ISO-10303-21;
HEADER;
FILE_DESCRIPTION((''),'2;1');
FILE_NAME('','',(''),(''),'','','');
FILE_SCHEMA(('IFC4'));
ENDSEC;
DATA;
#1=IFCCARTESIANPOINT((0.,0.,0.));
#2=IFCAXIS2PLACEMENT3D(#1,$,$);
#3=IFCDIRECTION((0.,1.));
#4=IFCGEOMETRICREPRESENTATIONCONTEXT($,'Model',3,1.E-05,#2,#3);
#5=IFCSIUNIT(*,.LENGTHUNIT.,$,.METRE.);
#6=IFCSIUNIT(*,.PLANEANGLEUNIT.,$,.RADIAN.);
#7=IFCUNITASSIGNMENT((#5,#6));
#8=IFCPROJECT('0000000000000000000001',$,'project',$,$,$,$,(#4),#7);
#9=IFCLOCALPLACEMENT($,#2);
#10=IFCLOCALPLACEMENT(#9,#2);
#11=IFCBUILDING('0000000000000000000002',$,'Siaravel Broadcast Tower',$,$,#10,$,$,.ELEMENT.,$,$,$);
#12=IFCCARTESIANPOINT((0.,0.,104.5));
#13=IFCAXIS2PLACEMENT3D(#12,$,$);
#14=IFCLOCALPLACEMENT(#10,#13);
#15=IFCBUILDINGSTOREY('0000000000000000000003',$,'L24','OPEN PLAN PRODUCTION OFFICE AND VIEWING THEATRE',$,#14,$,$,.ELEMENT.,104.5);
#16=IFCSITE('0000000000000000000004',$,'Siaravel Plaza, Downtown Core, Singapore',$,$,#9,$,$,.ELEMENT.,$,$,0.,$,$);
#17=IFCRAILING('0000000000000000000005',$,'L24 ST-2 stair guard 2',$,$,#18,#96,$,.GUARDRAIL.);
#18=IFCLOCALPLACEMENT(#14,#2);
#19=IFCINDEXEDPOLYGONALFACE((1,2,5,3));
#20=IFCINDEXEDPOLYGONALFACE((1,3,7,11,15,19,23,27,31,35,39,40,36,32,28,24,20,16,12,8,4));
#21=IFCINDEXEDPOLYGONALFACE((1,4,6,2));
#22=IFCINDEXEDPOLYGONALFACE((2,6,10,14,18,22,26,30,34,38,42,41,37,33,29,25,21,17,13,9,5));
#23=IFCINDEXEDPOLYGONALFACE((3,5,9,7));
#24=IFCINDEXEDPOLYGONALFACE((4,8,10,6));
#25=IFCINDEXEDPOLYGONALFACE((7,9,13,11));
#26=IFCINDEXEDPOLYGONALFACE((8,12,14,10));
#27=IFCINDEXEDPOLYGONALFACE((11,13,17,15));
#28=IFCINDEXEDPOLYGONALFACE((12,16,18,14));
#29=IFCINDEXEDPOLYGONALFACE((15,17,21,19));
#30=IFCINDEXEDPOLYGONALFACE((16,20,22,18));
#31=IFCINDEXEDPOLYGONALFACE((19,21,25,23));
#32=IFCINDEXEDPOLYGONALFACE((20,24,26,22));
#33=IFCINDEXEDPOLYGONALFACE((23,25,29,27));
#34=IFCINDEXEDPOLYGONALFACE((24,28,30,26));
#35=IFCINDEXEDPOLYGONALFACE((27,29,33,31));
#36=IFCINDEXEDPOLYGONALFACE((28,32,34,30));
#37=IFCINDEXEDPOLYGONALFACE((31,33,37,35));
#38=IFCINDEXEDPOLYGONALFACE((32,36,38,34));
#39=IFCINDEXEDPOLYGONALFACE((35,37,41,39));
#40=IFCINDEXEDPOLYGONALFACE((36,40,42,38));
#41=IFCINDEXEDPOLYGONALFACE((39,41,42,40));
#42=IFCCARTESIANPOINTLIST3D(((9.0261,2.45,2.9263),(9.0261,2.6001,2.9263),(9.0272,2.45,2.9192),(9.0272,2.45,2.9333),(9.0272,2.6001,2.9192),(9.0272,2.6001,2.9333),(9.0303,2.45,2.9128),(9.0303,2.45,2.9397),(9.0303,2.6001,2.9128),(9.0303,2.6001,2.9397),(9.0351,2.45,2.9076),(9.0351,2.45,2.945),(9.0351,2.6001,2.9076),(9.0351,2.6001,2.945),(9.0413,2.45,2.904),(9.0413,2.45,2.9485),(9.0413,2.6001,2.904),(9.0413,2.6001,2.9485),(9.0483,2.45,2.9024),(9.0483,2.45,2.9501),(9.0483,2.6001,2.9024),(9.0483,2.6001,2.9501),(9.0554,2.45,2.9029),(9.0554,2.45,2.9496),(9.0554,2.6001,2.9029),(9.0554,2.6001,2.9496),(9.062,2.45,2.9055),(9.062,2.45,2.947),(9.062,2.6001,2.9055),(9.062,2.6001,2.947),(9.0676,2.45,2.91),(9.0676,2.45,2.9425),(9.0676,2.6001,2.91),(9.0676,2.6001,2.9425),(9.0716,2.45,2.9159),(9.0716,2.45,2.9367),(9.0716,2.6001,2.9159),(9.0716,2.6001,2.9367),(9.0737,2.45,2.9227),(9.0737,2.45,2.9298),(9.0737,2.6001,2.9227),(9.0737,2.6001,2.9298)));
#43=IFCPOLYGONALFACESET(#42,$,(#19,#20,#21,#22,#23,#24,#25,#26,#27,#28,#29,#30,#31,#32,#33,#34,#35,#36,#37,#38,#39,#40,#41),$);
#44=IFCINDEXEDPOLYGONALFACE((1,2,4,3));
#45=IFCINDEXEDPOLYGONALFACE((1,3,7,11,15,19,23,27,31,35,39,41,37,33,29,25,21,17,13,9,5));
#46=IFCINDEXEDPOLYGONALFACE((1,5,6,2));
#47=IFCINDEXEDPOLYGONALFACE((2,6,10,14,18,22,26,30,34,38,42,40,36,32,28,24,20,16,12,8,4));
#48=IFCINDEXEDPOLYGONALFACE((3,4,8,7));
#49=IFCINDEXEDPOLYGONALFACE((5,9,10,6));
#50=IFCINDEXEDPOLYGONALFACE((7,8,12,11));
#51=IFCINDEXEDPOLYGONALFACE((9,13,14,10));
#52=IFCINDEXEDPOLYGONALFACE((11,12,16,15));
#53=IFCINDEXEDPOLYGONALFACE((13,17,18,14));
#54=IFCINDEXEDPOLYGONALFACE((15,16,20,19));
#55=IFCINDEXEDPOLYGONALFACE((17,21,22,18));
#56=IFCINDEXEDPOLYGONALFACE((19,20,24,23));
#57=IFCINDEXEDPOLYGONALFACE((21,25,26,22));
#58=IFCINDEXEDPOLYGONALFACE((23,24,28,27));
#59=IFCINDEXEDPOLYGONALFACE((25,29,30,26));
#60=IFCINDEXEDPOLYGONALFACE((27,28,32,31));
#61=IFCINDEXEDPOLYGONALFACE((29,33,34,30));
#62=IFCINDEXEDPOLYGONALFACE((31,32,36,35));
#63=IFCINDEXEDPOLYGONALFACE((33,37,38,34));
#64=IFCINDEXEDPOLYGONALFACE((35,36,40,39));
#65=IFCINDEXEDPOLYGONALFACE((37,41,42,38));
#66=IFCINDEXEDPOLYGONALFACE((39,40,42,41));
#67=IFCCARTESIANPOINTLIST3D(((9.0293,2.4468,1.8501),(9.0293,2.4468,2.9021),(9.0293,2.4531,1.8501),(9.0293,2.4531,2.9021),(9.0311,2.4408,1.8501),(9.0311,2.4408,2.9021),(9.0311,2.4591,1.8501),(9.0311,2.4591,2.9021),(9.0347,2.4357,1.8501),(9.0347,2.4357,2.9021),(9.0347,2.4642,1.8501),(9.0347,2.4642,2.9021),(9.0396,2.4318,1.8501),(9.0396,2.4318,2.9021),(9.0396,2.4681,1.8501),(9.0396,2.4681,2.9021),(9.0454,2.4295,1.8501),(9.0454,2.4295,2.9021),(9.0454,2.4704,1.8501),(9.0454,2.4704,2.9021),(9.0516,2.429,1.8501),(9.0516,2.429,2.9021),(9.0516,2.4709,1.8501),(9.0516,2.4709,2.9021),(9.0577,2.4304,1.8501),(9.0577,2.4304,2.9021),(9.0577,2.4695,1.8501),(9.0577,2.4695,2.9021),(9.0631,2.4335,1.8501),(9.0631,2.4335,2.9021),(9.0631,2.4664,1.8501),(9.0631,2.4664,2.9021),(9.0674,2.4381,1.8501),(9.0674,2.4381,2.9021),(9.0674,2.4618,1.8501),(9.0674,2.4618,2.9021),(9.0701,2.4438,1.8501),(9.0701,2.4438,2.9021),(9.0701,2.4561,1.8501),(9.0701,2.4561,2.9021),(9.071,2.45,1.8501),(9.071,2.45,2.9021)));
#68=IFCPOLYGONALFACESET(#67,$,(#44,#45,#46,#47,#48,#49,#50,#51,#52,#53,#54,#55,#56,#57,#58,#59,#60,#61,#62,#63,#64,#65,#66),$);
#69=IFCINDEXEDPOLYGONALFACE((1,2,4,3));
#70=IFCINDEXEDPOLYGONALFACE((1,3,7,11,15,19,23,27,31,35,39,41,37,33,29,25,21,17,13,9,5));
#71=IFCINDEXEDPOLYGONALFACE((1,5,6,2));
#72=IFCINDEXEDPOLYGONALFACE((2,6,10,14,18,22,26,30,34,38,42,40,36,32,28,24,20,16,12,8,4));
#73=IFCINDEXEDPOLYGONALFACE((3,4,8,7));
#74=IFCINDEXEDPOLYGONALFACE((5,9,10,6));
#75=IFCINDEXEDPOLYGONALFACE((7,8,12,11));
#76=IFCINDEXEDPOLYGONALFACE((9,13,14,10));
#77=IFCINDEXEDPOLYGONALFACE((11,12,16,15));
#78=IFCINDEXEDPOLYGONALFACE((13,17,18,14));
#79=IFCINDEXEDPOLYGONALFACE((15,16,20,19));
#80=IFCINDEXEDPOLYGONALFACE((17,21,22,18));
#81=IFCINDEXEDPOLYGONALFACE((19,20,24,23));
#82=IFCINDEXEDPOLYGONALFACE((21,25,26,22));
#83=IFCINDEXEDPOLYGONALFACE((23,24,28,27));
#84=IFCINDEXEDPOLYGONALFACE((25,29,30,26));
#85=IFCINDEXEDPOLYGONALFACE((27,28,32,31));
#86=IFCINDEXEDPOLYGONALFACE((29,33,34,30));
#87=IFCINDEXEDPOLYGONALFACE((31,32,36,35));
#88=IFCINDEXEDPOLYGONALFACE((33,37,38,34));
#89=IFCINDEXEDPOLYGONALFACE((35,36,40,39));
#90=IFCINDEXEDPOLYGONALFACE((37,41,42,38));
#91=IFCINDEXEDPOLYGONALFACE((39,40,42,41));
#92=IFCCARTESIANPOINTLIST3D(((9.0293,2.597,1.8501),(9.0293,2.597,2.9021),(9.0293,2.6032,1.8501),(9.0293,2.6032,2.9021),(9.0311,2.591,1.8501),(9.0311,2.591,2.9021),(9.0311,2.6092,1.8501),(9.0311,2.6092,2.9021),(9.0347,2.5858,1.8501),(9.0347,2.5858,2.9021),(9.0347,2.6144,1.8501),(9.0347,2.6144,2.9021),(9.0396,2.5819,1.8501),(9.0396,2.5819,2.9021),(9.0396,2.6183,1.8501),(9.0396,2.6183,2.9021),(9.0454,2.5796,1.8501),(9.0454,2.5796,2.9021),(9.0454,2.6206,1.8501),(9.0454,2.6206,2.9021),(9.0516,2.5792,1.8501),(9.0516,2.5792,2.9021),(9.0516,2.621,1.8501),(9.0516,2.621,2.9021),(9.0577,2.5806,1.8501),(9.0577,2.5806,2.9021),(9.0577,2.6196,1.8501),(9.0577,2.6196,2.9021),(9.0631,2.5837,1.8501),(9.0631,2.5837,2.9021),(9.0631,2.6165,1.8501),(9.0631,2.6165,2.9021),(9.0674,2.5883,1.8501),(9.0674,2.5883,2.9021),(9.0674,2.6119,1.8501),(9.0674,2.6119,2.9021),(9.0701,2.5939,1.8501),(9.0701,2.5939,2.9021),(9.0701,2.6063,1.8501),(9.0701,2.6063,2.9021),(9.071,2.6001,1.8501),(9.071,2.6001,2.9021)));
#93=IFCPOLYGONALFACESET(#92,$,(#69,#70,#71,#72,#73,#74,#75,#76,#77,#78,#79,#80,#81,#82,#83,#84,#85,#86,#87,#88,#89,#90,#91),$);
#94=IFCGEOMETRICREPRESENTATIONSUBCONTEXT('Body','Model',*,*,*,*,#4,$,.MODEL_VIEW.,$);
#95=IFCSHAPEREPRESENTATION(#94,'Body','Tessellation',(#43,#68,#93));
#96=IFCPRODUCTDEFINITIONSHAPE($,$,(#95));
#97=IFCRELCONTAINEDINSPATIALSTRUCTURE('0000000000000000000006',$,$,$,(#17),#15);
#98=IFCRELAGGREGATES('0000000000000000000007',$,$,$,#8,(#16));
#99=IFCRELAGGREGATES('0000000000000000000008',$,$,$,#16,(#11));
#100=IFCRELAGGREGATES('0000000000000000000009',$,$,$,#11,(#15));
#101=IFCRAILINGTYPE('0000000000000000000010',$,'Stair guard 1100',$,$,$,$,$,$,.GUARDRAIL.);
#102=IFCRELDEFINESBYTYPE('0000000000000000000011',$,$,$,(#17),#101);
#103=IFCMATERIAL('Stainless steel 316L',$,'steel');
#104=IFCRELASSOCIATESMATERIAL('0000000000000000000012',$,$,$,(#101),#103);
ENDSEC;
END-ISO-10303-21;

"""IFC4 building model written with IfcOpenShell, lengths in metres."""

from ifc_helpers import new_model, si_unit, direction, frame, origin, origin_2d, place, context, subcontext, project, spatial, circle, extrude, material, type_object, element, save


model = new_model("IFC4")

# Units and contexts
model_context = context("Model", 3, precision=1e-05, world=origin(), true_north=direction((0.0, 1.0)))
body_context = subcontext(model_context, "Body", "Model", "MODEL_VIEW")
ifc_project = project(units=[si_unit("LENGTHUNIT", "METRE"), si_unit("PLANEANGLEUNIT", "RADIAN")], contexts=[model_context])

# Site, building, storey
site_placement = place(None, origin())
site = spatial("IfcSite", under=ifc_project, at=site_placement, Name="Siaravel Plaza, Downtown Core, Singapore", CompositionType="ELEMENT", RefElevation=0.0)
building_placement = place(site_placement, origin())
building = spatial("IfcBuilding", under=site, at=building_placement, Name="Siaravel Broadcast Tower", CompositionType="ELEMENT")
storey_placement = place(building_placement, frame((0.0, 0.0, 104.5)))
storey = spatial("IfcBuildingStorey", under=building, at=storey_placement, Name="L24", Description="OPEN PLAN PRODUCTION OFFICE AND VIEWING THEATRE", CompositionType="ELEMENT", Elevation=104.5)

# Railing
ifc_material_1 = material(Name="Stainless steel 316L", Category="steel")
railing_type_1 = type_object("IfcRailingType", Name="Stair guard 1100", PredefinedType="GUARDRAIL", material=ifc_material_1)
railing_1_placement = place(storey_placement, frame((9.05, 2.45, 1.8501)))
element("IfcRailing", 1, at=railing_1_placement, inside=storey, type_object=railing_type_1, Name="L24 ST-2 stair guard 2", PredefinedType="GUARDRAIL", context=body_context, shape_type="SweptSolid", body=[
    extrude(circle(Radius=0.0239, at=origin_2d()), frame((0.0, 0.0, 1.0762), z_axis=(0.0, 1.0, 0.0), x_axis=(-1.0, 0.0, 0.0)), (0.0, 0.0, 1.0), 0.1501),
    extrude(circle(Radius=0.021, at=origin_2d()), origin(), (0.0, 0.0, 1.0), 1.052),
    extrude(circle(Radius=0.021, at=origin_2d()), frame((0.0, 0.1501, 0.0)), (0.0, 0.0, 1.0), 1.052),
])

save(model, "model.ifc")
